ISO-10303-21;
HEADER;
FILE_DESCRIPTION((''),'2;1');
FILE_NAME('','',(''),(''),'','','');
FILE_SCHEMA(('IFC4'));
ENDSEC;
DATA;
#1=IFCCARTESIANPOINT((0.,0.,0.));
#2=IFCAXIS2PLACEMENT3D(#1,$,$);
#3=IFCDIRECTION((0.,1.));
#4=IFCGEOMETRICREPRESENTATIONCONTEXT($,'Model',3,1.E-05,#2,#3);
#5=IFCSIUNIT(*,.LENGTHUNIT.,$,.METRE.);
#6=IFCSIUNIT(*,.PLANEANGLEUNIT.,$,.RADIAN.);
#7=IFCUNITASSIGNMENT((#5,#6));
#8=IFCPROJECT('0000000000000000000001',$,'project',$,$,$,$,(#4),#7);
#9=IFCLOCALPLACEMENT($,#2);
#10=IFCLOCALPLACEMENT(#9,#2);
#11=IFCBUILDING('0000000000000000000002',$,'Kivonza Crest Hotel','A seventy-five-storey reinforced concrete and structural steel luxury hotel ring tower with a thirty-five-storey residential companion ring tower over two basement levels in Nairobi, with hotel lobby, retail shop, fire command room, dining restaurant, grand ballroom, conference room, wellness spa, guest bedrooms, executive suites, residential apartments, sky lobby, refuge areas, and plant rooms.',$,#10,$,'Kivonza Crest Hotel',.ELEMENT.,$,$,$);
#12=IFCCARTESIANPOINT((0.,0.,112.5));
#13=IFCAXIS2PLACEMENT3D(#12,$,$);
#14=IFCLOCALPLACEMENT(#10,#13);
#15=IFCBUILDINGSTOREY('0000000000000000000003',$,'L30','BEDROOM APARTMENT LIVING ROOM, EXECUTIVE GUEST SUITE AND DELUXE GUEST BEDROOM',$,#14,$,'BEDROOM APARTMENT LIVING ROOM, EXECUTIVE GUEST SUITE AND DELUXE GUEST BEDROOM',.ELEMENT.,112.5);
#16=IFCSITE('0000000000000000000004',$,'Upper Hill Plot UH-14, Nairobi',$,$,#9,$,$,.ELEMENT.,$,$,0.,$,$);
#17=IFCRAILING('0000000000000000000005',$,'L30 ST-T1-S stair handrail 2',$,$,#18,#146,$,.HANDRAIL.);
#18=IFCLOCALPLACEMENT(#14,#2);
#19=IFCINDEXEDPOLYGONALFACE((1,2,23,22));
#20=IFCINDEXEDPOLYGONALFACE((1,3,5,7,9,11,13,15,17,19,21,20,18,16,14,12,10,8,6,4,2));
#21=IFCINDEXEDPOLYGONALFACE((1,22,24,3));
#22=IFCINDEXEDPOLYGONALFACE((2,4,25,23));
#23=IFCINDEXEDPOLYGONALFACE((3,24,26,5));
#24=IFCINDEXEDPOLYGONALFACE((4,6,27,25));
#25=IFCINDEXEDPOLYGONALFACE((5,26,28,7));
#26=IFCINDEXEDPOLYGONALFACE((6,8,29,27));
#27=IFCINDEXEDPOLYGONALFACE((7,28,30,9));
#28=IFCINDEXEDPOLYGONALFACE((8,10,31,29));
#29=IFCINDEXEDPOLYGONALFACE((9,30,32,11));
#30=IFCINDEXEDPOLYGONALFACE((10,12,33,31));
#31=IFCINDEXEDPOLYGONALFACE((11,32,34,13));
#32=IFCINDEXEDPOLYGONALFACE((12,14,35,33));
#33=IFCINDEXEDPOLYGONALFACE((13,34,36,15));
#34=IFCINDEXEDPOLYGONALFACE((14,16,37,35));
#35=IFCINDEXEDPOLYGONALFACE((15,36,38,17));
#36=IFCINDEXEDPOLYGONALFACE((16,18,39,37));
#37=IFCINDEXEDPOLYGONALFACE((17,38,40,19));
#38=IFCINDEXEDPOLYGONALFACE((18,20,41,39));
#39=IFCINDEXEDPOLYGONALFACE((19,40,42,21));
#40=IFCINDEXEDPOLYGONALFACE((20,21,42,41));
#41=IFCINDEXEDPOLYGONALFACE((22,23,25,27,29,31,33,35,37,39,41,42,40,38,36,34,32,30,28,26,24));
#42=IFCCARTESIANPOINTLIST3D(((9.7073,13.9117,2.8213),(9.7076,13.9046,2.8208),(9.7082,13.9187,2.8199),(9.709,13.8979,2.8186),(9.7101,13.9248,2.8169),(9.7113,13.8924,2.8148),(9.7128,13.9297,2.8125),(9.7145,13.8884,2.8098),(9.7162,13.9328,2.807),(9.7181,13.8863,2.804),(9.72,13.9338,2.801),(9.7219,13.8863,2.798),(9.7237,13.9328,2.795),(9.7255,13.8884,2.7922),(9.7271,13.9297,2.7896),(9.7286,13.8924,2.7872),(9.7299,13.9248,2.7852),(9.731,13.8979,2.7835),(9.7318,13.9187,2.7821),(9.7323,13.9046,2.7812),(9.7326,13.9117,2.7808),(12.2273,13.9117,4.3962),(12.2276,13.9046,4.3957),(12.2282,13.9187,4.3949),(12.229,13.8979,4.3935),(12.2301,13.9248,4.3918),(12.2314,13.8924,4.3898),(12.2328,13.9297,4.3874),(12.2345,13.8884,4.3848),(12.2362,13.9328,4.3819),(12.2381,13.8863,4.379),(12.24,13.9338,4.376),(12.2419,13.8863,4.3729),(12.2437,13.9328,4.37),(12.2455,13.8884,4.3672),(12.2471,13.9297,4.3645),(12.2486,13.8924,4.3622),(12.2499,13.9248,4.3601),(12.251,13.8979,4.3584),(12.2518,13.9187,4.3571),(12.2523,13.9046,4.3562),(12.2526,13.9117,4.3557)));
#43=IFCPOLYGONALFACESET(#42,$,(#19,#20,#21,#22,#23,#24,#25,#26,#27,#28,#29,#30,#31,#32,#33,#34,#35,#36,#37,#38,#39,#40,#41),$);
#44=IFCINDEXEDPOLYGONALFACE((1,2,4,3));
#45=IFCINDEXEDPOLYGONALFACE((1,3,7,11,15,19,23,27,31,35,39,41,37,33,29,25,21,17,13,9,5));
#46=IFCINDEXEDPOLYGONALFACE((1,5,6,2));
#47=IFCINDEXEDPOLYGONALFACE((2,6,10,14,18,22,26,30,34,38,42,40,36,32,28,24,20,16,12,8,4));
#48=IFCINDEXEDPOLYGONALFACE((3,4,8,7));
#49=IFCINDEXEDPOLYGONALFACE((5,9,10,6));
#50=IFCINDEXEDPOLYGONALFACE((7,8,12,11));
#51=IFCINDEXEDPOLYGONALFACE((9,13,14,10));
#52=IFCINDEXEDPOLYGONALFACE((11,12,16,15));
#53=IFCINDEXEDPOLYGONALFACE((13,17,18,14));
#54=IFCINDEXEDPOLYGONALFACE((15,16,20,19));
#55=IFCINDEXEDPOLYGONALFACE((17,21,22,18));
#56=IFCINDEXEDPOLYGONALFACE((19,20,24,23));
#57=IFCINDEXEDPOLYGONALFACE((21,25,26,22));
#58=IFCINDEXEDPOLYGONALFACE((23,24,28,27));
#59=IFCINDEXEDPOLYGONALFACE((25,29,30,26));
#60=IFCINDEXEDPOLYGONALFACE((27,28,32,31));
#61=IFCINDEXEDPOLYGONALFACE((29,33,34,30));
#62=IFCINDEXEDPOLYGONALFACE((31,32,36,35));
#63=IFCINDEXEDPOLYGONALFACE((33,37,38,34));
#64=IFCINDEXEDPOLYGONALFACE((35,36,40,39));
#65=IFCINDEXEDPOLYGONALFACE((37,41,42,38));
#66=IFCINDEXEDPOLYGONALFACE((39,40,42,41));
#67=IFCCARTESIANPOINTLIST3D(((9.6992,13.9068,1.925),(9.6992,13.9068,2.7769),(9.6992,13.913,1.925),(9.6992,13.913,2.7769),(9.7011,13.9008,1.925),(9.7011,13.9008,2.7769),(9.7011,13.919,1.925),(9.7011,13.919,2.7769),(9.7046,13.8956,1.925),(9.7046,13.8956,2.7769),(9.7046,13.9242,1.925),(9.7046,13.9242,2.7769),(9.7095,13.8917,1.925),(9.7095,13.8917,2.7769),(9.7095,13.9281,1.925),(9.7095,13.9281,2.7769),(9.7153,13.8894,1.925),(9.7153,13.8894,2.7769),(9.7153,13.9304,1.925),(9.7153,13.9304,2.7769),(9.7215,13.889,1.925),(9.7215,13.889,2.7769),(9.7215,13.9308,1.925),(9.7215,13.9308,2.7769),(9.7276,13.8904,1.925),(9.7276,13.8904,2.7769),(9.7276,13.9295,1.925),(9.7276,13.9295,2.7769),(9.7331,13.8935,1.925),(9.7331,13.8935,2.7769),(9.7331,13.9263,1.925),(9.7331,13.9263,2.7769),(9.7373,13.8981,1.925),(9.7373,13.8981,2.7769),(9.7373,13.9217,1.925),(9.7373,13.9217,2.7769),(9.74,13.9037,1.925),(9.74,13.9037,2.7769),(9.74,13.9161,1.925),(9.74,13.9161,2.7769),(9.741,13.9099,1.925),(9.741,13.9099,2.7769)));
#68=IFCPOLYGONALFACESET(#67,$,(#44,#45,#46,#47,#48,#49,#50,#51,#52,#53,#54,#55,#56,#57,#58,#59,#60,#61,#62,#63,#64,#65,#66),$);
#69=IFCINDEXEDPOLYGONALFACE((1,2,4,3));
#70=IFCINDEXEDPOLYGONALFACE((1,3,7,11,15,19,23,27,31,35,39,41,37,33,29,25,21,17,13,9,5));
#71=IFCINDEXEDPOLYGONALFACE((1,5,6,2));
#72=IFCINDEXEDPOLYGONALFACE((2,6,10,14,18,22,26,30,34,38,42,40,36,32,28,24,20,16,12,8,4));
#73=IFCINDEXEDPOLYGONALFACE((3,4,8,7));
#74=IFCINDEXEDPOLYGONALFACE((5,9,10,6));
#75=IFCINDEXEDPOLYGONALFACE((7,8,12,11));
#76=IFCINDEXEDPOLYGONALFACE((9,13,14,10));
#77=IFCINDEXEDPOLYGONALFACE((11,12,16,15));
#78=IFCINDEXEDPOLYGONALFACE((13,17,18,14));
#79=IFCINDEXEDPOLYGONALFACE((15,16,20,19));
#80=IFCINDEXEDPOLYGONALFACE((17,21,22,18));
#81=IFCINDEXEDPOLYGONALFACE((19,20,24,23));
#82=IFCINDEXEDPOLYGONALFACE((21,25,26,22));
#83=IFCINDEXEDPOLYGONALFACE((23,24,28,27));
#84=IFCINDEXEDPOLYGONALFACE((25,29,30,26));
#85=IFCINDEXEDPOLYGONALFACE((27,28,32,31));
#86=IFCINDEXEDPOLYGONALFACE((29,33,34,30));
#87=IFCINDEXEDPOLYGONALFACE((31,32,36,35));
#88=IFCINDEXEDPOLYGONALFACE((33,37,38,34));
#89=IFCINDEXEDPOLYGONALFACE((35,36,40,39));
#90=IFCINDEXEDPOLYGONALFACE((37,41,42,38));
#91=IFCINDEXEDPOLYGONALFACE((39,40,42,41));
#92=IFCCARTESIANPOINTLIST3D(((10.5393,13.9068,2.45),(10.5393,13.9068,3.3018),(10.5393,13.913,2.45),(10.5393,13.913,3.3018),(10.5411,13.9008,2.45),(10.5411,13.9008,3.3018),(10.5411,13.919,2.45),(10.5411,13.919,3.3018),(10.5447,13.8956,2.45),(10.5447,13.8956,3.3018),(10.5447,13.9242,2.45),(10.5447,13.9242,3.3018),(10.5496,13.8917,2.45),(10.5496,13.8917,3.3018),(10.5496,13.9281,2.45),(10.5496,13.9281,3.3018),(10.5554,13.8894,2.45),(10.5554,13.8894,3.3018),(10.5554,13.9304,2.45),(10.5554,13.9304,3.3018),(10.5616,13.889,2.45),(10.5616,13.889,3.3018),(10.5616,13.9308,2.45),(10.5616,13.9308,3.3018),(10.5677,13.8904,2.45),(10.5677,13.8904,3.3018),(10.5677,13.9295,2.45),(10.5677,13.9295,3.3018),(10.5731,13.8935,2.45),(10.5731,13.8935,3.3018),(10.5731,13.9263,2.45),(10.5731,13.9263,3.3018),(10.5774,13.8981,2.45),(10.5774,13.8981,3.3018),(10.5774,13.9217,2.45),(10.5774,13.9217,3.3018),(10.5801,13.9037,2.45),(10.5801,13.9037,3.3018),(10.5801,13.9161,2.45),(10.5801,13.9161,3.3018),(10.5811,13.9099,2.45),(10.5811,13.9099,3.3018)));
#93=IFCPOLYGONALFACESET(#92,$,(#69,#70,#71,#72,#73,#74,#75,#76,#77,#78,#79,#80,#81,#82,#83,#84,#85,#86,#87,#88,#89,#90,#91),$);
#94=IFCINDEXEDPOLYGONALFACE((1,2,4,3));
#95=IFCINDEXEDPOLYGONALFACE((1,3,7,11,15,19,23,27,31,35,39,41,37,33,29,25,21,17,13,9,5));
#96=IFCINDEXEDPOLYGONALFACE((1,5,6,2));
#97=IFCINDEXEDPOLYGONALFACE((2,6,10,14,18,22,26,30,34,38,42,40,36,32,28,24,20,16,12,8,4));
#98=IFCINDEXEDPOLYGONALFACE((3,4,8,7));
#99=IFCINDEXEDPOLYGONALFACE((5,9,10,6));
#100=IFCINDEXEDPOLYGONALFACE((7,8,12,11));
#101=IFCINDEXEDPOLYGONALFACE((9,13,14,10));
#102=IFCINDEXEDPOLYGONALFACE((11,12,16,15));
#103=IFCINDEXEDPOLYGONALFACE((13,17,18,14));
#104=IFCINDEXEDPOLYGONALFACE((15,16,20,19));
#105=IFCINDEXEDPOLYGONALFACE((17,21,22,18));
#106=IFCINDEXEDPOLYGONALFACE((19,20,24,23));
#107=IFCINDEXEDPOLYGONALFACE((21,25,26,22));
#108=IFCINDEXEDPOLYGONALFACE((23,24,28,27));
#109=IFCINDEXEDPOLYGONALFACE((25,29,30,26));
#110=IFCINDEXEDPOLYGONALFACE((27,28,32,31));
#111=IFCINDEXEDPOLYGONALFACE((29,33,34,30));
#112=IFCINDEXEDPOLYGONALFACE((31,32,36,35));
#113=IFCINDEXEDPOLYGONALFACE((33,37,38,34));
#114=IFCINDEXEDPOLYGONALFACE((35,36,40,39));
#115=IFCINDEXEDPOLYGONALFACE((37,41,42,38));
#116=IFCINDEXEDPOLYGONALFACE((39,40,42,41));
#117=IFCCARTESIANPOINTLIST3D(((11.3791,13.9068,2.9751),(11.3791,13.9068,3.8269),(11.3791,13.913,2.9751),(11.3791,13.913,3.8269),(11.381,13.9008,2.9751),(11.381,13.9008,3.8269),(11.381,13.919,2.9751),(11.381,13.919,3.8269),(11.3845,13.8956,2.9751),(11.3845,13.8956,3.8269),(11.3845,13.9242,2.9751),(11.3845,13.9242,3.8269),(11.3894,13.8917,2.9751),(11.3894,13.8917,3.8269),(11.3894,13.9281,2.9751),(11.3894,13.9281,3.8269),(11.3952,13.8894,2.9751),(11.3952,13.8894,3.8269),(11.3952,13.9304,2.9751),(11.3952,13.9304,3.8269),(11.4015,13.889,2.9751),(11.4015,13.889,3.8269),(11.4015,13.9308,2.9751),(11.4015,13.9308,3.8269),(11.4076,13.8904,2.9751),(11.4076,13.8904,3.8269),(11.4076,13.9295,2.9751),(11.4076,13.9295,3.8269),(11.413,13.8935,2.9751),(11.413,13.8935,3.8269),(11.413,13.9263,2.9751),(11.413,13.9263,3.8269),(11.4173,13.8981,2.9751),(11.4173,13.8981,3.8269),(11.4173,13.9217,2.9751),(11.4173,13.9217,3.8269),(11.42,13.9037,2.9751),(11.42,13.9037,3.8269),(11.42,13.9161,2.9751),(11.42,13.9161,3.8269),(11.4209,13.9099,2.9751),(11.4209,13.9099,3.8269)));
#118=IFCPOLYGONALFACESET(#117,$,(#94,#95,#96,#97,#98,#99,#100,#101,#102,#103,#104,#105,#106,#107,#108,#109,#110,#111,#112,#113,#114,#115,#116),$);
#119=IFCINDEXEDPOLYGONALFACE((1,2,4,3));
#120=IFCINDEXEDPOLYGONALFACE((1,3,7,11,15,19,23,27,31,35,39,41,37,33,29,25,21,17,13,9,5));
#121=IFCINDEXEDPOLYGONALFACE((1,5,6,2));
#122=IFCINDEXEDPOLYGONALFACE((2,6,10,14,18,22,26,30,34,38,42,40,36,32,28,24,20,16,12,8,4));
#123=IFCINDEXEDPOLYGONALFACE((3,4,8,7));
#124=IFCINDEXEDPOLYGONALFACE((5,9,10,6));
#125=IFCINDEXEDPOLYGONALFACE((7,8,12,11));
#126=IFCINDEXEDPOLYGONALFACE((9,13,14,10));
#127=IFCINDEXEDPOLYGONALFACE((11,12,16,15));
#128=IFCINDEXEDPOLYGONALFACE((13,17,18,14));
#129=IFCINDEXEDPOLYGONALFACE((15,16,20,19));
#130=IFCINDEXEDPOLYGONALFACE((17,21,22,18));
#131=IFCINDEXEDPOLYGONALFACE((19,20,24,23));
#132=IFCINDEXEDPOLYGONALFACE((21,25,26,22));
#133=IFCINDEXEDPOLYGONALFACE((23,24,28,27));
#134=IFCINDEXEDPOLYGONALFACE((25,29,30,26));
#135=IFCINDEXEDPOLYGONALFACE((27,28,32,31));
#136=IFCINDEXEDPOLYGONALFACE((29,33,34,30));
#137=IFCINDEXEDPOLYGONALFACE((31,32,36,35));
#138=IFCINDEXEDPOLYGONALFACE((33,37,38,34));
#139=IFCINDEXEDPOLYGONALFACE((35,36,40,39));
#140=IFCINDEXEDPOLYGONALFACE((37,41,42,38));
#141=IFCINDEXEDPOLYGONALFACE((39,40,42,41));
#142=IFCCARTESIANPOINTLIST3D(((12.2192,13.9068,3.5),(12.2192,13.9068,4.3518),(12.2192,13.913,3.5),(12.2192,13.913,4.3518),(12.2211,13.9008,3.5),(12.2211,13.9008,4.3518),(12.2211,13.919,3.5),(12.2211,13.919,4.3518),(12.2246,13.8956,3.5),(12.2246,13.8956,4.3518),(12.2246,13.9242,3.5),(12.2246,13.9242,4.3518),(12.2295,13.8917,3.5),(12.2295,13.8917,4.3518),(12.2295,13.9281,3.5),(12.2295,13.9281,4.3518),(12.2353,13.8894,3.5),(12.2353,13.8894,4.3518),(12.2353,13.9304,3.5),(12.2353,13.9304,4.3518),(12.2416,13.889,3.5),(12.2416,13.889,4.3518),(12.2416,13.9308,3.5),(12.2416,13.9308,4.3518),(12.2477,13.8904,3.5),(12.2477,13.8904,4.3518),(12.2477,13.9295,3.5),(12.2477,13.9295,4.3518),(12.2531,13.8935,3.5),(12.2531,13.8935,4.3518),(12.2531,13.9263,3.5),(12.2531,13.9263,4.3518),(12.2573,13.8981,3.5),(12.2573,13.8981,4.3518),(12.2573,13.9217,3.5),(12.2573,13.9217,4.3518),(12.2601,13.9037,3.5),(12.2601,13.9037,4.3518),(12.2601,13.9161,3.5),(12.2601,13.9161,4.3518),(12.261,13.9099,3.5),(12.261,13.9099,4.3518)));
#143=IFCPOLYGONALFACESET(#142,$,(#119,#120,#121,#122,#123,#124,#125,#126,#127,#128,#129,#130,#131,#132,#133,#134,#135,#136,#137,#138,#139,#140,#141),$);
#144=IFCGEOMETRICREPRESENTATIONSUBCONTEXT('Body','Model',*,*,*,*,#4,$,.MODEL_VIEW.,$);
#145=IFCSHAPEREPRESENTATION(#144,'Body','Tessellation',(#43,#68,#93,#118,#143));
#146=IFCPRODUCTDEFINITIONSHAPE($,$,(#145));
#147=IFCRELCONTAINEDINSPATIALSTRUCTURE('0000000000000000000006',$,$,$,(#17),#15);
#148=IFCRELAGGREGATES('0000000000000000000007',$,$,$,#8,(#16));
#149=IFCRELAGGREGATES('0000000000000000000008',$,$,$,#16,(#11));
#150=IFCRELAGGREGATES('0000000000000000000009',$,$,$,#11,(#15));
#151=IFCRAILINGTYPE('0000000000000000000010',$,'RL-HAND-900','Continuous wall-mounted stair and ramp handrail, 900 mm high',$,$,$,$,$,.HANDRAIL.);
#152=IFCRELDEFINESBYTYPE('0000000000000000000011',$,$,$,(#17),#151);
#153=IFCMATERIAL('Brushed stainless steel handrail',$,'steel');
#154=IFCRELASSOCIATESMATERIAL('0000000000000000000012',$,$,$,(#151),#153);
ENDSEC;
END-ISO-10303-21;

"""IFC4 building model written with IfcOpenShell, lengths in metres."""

from ifc_helpers import new_model, si_unit, direction, frame, origin, origin_2d, place, context, subcontext, project, spatial, circle, extrude, material, type_object, element, save


model = new_model("IFC4")

# Units and contexts
model_context = context("Model", 3, precision=1e-05, world=origin(), true_north=direction((0.0, 1.0)))
body_context = subcontext(model_context, "Body", "Model", "MODEL_VIEW")
ifc_project = project(units=[si_unit("LENGTHUNIT", "METRE"), si_unit("PLANEANGLEUNIT", "RADIAN")], contexts=[model_context])

# Site, building, storey
site_placement = place(None, origin())
site = spatial("IfcSite", under=ifc_project, at=site_placement, Name="Upper Hill Plot UH-14, Nairobi", CompositionType="ELEMENT", RefElevation=0.0)
building_placement = place(site_placement, origin())
building = spatial("IfcBuilding", under=site, at=building_placement, Name="Kivonza Crest Hotel", Description="A seventy-five-storey reinforced concrete and structural steel luxury hotel ring tower with a thirty-five-storey residential companion ring tower over two basement levels in Nairobi, with hotel lobby, retail shop, fire command room, dining restaurant, grand ballroom, conference room, wellness spa, guest bedrooms, executive suites, residential apartments, sky lobby, refuge areas, and plant rooms.", LongName="Kivonza Crest Hotel", CompositionType="ELEMENT")
storey_placement = place(building_placement, frame((0.0, 0.0, 112.5)))
storey = spatial("IfcBuildingStorey", under=building, at=storey_placement, Name="L30", Description="BEDROOM APARTMENT LIVING ROOM, EXECUTIVE GUEST SUITE AND DELUXE GUEST BEDROOM", LongName="BEDROOM APARTMENT LIVING ROOM, EXECUTIVE GUEST SUITE AND DELUXE GUEST BEDROOM", CompositionType="ELEMENT", Elevation=112.5)

# Railing
ifc_material_1 = material(Name="Brushed stainless steel handrail", Category="steel")
railing_type_1 = type_object("IfcRailingType", Name="RL-HAND-900", Description="Continuous wall-mounted stair and ramp handrail, 900 mm high", PredefinedType="HANDRAIL", material=ifc_material_1)
railing_1_placement = place(storey_placement, frame((9.72, 13.9099, 1.925)))
element("IfcRailing", 1, at=railing_1_placement, inside=storey, type_object=railing_type_1, Name="L30 ST-T1-S stair handrail 2", PredefinedType="HANDRAIL", context=body_context, shape_type="SweptSolid", body=[
    extrude(circle(Radius=0.0239, at=origin_2d()), frame((0.0, 0.0, 0.876), z_axis=(0.848008, 0.0, 0.529984), x_axis=(0.0, 1.0, 0.0)), (0.0, 0.0, 1.0), 2.9717),
    extrude(circle(Radius=0.021, at=origin_2d()), origin(), (0.0, 0.0, 1.0), 0.8518),
    extrude(circle(Radius=0.021, at=origin_2d()), frame((0.8401, 0.0, 0.5249)), (0.0, 0.0, 1.0), 0.8518),
    extrude(circle(Radius=0.021, at=origin_2d()), frame((1.6799, 0.0, 1.05)), (0.0, 0.0, 1.0), 0.8518),
    extrude(circle(Radius=0.021, at=origin_2d()), frame((2.52, 0.0, 1.575)), (0.0, 0.0, 1.0), 0.8518),
])

save(model, "model.ifc")
